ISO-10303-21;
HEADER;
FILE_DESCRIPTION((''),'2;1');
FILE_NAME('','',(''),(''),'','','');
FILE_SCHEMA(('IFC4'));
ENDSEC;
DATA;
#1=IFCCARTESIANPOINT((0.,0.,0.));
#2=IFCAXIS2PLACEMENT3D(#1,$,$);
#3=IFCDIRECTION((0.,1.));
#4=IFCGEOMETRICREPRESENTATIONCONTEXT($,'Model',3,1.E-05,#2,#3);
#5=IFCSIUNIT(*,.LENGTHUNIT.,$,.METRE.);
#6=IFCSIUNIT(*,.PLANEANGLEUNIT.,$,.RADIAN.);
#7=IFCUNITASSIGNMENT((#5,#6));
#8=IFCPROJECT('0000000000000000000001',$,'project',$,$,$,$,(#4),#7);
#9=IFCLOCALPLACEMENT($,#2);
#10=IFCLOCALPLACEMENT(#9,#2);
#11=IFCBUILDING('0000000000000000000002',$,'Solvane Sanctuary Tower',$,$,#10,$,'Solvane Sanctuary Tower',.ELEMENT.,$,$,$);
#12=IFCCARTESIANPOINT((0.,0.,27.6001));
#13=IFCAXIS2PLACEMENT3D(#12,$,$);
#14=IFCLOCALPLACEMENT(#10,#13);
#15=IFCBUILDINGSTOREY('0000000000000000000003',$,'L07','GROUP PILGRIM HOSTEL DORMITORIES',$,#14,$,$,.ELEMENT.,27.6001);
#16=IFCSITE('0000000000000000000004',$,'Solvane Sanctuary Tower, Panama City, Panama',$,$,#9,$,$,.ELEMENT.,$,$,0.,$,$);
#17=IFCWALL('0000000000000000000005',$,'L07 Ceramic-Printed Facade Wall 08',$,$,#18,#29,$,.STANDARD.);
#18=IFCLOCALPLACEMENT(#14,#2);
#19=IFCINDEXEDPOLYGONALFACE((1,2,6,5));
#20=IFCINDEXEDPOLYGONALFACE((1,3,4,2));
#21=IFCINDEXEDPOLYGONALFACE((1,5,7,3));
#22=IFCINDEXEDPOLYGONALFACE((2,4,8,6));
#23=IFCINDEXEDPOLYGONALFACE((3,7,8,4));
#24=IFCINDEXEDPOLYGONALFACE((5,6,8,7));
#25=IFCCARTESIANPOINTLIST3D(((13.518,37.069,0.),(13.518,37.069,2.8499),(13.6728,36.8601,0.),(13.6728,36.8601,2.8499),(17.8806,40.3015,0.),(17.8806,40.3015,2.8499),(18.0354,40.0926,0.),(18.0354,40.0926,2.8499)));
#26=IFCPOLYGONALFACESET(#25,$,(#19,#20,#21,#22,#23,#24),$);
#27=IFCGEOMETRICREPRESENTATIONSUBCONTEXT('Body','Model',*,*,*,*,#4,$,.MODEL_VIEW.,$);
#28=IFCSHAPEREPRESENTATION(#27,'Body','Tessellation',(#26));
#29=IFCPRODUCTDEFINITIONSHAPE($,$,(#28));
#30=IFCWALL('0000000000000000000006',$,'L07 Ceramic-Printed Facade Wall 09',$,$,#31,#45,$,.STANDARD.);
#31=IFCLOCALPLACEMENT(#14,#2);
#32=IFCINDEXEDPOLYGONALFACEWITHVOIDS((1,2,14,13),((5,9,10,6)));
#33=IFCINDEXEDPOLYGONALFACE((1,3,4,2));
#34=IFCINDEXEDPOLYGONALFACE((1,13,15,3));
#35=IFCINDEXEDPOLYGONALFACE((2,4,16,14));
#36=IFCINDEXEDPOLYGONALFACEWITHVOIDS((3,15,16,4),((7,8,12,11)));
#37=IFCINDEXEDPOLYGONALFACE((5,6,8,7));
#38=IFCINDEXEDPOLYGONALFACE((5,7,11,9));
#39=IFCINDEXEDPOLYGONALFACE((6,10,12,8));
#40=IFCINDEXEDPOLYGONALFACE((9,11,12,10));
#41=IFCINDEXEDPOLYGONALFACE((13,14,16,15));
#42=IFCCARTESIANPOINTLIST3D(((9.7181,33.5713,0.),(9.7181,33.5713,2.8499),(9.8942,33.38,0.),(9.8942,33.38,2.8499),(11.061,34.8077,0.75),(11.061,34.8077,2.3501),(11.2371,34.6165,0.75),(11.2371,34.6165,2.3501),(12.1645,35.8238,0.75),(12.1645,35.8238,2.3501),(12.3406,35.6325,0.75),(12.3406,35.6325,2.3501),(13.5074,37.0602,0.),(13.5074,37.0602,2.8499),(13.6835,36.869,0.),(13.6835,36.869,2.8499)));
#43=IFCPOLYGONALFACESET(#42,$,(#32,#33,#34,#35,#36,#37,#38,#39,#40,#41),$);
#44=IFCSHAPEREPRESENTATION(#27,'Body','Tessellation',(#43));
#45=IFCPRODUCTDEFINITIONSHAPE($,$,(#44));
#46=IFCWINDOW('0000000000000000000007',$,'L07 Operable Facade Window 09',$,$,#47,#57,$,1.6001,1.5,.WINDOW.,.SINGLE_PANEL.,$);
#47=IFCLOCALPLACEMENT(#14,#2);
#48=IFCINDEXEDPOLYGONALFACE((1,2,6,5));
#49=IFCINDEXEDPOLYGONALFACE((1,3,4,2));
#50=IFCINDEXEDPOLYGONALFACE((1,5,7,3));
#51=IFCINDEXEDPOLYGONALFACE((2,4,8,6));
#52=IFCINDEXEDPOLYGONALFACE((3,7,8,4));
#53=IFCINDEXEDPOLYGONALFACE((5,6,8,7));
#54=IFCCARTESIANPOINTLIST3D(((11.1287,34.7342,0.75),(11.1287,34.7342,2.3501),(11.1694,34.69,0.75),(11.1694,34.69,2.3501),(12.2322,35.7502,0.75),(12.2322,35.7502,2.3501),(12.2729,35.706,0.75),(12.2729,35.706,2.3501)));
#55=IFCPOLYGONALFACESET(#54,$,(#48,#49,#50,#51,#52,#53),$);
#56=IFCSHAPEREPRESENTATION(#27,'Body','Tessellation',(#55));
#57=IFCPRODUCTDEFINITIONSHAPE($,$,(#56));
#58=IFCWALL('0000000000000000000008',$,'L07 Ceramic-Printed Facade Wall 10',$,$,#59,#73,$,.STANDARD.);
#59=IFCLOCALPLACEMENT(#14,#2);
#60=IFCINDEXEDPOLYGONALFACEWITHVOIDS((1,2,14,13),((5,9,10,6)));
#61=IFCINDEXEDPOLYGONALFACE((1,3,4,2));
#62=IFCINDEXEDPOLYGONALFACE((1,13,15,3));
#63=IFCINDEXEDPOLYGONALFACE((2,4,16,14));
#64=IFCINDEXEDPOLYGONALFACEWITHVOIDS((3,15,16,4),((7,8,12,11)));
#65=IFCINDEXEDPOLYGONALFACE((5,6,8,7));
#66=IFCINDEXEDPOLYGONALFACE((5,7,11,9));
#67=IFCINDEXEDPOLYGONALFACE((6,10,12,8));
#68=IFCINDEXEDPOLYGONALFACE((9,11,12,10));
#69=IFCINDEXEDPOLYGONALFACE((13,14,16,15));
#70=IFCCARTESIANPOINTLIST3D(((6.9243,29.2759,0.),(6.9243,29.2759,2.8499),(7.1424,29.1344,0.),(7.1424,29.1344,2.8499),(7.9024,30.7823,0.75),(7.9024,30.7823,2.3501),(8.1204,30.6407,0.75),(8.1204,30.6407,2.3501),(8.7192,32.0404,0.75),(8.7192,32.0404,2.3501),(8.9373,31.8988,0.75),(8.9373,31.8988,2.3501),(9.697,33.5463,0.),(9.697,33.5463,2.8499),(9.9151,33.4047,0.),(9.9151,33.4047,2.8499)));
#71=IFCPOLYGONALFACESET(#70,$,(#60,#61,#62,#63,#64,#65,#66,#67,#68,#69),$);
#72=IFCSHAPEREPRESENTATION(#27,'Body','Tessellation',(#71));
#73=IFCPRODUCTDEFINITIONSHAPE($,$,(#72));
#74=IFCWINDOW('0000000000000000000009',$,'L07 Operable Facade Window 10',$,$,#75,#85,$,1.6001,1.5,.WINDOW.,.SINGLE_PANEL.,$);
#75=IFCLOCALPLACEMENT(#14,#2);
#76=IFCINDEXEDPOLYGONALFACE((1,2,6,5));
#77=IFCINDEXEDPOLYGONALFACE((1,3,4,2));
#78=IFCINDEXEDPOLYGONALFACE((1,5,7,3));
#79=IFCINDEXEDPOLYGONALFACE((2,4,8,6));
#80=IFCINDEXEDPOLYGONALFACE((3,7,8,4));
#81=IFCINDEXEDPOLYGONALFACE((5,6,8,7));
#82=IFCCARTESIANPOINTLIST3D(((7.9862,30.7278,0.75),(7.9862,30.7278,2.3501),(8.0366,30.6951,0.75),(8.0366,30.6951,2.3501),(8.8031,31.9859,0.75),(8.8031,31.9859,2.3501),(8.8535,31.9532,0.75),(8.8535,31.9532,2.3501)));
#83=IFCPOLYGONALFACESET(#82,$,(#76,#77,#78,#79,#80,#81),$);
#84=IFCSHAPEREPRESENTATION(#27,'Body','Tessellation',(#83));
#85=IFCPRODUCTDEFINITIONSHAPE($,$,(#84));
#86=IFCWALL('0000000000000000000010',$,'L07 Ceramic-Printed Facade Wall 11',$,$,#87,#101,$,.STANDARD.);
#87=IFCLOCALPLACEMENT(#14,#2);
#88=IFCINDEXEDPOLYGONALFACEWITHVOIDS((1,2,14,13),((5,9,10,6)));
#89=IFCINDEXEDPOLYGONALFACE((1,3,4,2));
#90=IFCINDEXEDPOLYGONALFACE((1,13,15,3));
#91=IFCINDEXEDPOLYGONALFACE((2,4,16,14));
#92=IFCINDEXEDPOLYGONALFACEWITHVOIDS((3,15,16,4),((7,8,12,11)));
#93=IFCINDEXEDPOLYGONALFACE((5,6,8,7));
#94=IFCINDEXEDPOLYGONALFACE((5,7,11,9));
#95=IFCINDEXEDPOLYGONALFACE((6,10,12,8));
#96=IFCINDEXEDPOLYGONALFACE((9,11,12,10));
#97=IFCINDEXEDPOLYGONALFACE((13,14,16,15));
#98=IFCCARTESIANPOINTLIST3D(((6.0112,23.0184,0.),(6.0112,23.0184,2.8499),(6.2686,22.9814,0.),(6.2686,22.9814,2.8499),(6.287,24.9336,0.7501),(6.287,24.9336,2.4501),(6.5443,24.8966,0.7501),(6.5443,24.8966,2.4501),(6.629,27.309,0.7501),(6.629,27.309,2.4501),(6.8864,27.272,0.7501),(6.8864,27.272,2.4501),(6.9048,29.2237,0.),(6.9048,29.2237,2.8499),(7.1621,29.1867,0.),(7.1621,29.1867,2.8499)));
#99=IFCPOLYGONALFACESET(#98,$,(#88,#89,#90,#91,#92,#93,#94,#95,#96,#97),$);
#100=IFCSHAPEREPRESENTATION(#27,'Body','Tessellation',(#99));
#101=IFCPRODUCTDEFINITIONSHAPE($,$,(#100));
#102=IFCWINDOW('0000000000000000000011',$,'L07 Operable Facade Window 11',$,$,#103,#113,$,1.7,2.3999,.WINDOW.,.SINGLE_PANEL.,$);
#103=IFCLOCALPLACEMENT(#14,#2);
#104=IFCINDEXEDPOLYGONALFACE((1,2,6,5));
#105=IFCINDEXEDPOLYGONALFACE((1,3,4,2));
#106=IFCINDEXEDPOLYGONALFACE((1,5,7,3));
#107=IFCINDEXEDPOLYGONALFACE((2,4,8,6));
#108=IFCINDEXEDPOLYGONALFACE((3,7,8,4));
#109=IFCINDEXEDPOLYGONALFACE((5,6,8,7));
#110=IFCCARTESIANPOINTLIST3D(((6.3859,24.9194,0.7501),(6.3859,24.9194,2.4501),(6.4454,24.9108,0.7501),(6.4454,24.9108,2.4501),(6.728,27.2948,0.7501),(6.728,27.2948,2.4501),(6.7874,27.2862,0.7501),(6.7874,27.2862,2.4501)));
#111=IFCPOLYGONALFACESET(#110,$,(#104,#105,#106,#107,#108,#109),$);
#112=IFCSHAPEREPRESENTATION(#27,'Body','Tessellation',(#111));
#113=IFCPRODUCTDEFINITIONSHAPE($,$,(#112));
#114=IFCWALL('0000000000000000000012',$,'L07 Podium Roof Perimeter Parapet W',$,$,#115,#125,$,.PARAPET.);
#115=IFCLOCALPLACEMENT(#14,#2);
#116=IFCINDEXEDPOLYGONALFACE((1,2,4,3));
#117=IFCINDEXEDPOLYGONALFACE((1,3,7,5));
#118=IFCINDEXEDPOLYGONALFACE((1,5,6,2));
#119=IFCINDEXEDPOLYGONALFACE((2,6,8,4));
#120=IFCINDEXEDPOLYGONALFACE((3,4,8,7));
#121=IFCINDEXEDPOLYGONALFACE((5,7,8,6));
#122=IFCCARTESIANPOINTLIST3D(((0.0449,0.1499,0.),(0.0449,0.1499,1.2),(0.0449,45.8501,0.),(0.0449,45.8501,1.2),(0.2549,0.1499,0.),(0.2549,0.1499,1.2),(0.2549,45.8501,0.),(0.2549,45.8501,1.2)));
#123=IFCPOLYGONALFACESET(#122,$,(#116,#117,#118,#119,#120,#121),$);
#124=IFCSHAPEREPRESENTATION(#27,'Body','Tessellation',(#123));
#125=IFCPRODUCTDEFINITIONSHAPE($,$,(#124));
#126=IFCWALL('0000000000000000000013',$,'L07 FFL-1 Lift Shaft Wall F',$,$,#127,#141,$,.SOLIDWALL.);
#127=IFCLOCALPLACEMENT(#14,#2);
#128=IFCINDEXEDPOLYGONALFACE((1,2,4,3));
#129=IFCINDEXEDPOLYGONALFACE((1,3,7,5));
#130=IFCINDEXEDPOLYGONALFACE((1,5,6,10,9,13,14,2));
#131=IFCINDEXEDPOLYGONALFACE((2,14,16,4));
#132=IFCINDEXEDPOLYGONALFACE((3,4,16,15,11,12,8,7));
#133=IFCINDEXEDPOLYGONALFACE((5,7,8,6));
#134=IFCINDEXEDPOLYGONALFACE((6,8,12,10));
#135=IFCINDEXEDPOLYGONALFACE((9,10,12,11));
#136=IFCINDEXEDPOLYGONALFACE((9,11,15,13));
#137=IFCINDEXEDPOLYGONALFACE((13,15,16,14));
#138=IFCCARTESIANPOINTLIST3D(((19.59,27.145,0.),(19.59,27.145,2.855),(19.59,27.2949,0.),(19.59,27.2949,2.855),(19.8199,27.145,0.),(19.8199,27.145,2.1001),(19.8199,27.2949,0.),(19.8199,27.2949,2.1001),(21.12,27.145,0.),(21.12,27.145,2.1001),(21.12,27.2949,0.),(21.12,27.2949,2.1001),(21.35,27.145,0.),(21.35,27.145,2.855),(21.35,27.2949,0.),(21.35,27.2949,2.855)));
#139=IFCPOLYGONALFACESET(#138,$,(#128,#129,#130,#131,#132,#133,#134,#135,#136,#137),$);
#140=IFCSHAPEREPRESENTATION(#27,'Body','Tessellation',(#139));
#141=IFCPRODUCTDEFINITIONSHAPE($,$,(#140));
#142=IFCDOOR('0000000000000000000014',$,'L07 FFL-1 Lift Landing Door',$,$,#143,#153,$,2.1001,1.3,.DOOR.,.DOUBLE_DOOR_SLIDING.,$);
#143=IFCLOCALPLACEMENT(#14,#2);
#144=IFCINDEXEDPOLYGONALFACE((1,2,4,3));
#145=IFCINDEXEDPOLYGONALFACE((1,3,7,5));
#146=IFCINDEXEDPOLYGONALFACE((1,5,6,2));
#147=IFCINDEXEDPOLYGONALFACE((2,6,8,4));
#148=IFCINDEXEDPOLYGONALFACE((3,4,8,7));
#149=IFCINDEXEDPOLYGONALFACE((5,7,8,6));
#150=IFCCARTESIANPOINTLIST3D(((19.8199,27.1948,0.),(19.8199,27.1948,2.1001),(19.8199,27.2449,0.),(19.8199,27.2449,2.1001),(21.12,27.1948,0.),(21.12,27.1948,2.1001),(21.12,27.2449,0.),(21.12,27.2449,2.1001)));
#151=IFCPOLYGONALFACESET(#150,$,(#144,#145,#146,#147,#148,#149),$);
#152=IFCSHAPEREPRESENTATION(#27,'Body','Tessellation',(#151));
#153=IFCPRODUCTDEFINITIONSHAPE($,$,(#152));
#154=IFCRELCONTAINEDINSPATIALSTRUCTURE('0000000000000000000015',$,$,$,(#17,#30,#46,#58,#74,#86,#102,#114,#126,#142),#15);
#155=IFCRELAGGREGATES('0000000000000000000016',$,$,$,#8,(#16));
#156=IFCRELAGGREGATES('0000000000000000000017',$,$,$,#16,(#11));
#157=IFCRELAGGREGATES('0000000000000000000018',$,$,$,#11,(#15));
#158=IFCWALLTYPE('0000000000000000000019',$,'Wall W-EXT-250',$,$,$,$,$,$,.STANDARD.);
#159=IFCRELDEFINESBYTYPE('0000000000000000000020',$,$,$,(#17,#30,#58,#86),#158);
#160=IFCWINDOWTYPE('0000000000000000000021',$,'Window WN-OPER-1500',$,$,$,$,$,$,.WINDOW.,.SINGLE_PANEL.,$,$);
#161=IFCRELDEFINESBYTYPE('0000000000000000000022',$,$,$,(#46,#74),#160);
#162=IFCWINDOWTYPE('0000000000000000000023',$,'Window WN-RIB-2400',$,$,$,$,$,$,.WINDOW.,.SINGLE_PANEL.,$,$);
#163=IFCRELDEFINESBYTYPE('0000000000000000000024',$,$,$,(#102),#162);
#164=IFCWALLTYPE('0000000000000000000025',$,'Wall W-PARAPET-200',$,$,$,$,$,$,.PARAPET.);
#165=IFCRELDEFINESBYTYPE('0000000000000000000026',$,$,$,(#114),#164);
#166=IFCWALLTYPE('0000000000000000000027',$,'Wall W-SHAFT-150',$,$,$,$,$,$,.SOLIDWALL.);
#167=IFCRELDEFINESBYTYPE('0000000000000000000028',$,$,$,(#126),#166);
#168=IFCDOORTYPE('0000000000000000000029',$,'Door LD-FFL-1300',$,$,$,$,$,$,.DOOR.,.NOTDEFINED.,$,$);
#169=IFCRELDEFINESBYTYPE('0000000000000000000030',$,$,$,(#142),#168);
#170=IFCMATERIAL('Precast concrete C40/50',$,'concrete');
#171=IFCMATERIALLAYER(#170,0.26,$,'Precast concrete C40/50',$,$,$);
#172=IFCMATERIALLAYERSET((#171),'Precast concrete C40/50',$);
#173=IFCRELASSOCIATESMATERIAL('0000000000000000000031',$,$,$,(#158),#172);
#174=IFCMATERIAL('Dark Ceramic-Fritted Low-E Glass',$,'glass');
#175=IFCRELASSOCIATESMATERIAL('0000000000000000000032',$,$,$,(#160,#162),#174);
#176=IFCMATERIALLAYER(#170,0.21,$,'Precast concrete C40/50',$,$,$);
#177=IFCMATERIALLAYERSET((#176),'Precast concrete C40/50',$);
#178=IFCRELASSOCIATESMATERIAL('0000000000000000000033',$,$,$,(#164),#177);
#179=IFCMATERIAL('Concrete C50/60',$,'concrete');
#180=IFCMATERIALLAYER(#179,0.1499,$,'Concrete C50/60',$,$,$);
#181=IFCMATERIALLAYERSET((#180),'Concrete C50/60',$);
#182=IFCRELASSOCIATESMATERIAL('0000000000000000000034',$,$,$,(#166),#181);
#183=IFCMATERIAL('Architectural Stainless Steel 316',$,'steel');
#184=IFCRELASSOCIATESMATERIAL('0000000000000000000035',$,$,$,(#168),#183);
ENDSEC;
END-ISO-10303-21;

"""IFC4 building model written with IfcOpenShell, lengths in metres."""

from ifc_helpers import new_model, si_unit, direction, frame, frame_2d, origin, place, context, subcontext, project, spatial, rectangle, extrude, material, layer, layer_set, type_object, element, fill, save


model = new_model("IFC4")

# Units and contexts
model_context = context("Model", 3, precision=1e-05, world=origin(), true_north=direction((0.0, 1.0)))
body_context = subcontext(model_context, "Body", "Model", "MODEL_VIEW")
ifc_project = project(units=[si_unit("LENGTHUNIT", "METRE"), si_unit("PLANEANGLEUNIT", "RADIAN")], contexts=[model_context])

# Site, building, storey
site_placement = place(None, origin())
site = spatial("IfcSite", under=ifc_project, at=site_placement, Name="Solvane Sanctuary Tower, Panama City, Panama", CompositionType="ELEMENT", RefElevation=0.0)
building_placement = place(site_placement, origin())
building = spatial("IfcBuilding", under=site, at=building_placement, Name="Solvane Sanctuary Tower", LongName="Solvane Sanctuary Tower", CompositionType="ELEMENT")
storey_placement = place(building_placement, frame((0.0, 0.0, 27.6001)))
storey = spatial("IfcBuildingStorey", under=building, at=storey_placement, Name="L07", Description="GROUP PILGRIM HOSTEL DORMITORIES", CompositionType="ELEMENT", Elevation=27.6001)

# Wall
ifc_material_1 = material(Name="Precast concrete C40/50", Category="concrete")
ifc_layer_1 = layer(ifc_material_1, 0.26, Name="Precast concrete C40/50")
ifc_layer_set_1 = layer_set([ifc_layer_1], Name="Precast concrete C40/50")
wall_type_1 = type_object("IfcWallType", Name="Wall W-EXT-250", PredefinedType="STANDARD", material=ifc_layer_set_1)
wall_1_placement = place(storey_placement, frame((17.958, 40.197, 0.0), z_axis=(0.0, 0.0, 1.0), x_axis=(-0.803478, -0.595335, 0.0)))
element("IfcWall", 1, at=wall_1_placement, inside=storey, type_object=wall_type_1, Name="L07 Ceramic-Printed Facade Wall 08", PredefinedType="STANDARD", context=body_context, shape_type="SweptSolid", body=[
    extrude(rectangle(XDim=5.4297, YDim=0.26, at=frame_2d((2.7148, 0.0))), origin(), (0.0, 0.0, 1.0), 2.8499),
])

# Walls, openings, windows
wall_2_placement = place(storey_placement, frame((13.5955, 36.9646, 0.0), z_axis=(0.0, 0.0, 1.0), x_axis=(-0.735655, -0.677356, 0.0)))
wall_2 = element("IfcWall", 2, at=wall_2_placement, inside=storey, type_object=wall_type_1, Name="L07 Ceramic-Printed Facade Wall 09", PredefinedType="STANDARD", context=body_context, shape_type="SweptSolid", body=[
    extrude(rectangle(XDim=5.1509, YDim=0.26, at=frame_2d((2.5754, 0.0))), origin(), (0.0, 0.0, 1.0), 2.8499),
])
opening_1_placement = place(wall_2_placement, frame((1.8254, 0.0, 0.75)))
opening_1 = element("IfcOpeningElement", 3, at=opening_1_placement, cuts=wall_2, PredefinedType="OPENING", context=body_context, shape_type="SweptSolid", body=[
    extrude(rectangle(XDim=1.5, YDim=1.6001, at=frame_2d((0.75, 0.8))), frame((0.0, 0.1399, 0.0), z_axis=(0.0, -1.0, 0.0), x_axis=(1.0, 0.0, 0.0)), (0.0, 0.0, 1.0), 0.28),
])
ifc_material_2 = material(Name="Dark Ceramic-Fritted Low-E Glass", Category="glass")
window_type_1 = type_object("IfcWindowType", Name="Window WN-OPER-1500", PartitioningType="SINGLE_PANEL", PredefinedType="WINDOW", material=ifc_material_2)
window_1_placement = place(opening_1_placement, origin())
window_1 = element("IfcWindow", 4, at=window_1_placement, inside=storey, type_object=window_type_1, Name="L07 Operable Facade Window 09", OverallHeight=1.6001, OverallWidth=1.5, PartitioningType="SINGLE_PANEL", PredefinedType="WINDOW", context=body_context, shape_type="SweptSolid", body=[
    extrude(rectangle(XDim=1.5, YDim=1.6001, at=frame_2d((0.75, 0.8))), frame((0.0, 0.03, 0.0), z_axis=(0.0, -1.0, 0.0), x_axis=(1.0, 0.0, 0.0)), (0.0, 0.0, 1.0), 0.0601),
])
fill(opening_1, window_1)
wall_3_placement = place(storey_placement, frame((9.8062, 33.4756, 0.0), z_axis=(0.0, 0.0, 1.0), x_axis=(-0.544579, -0.83871, 0.0)))
wall_3 = element("IfcWall", 5, at=wall_3_placement, inside=storey, type_object=wall_type_1, Name="L07 Ceramic-Printed Facade Wall 10", PredefinedType="STANDARD", context=body_context, shape_type="SweptSolid", body=[
    extrude(rectangle(XDim=5.0916, YDim=0.26, at=frame_2d((2.5459, 0.0))), origin(), (0.0, 0.0, 1.0), 2.8499),
])
opening_2_placement = place(wall_3_placement, frame((1.7957, 0.0, 0.75)))
opening_2 = element("IfcOpeningElement", 6, at=opening_2_placement, cuts=wall_3, PredefinedType="OPENING", context=body_context, shape_type="SweptSolid", body=[
    extrude(rectangle(XDim=1.5, YDim=1.6001, at=frame_2d((0.75, 0.8))), frame((0.0, 0.1399, 0.0), z_axis=(0.0, -1.0, 0.0), x_axis=(1.0, 0.0, 0.0)), (0.0, 0.0, 1.0), 0.28),
])
window_2_placement = place(opening_2_placement, origin())
window_2 = element("IfcWindow", 7, at=window_2_placement, inside=storey, type_object=window_type_1, Name="L07 Operable Facade Window 10", OverallHeight=1.6001, OverallWidth=1.5, PartitioningType="SINGLE_PANEL", PredefinedType="WINDOW", context=body_context, shape_type="SweptSolid", body=[
    extrude(rectangle(XDim=1.5, YDim=1.6001, at=frame_2d((0.75, 0.8))), frame((0.0, 0.03, 0.0), z_axis=(0.0, -1.0, 0.0), x_axis=(1.0, 0.0, 0.0)), (0.0, 0.0, 1.0), 0.0601),
])
fill(opening_2, window_2)
wall_4_placement = place(storey_placement, frame((7.0334, 29.2053, 0.0), z_axis=(0.0, 0.0, 1.0), x_axis=(-0.142528, -0.989791, 0.0)))
wall_4 = element("IfcWall", 8, at=wall_4_placement, inside=storey, type_object=wall_type_1, Name="L07 Ceramic-Printed Facade Wall 11", PredefinedType="STANDARD", context=body_context, shape_type="SweptSolid", body=[
    extrude(rectangle(XDim=6.2693, YDim=0.26, at=frame_2d((3.1348, 0.0))), origin(), (0.0, 0.0, 1.0), 2.8499),
])
opening_3_placement = place(wall_4_placement, frame((1.9346, 0.0, 0.75)))
opening_3 = element("IfcOpeningElement", 9, at=opening_3_placement, cuts=wall_4, PredefinedType="OPENING", context=body_context, shape_type="SweptSolid", body=[
    extrude(rectangle(XDim=2.3999, YDim=1.7, at=frame_2d((1.2, 0.8501))), frame((0.0, 0.1399, 0.0), z_axis=(0.0, -1.0, 0.0), x_axis=(1.0, 0.0, 0.0)), (0.0, 0.0, 1.0), 0.28),
])
window_type_2 = type_object("IfcWindowType", Name="Window WN-RIB-2400", PartitioningType="SINGLE_PANEL", PredefinedType="WINDOW", material=ifc_material_2)
window_3_placement = place(opening_3_placement, origin())
window_3 = element("IfcWindow", 10, at=window_3_placement, inside=storey, type_object=window_type_2, Name="L07 Operable Facade Window 11", OverallHeight=1.7, OverallWidth=2.3999, PartitioningType="SINGLE_PANEL", PredefinedType="WINDOW", context=body_context, shape_type="SweptSolid", body=[
    extrude(rectangle(XDim=2.3999, YDim=1.7, at=frame_2d((1.2, 0.8501))), frame((0.0, 0.03, 0.0), z_axis=(0.0, -1.0, 0.0), x_axis=(1.0, 0.0, 0.0)), (0.0, 0.0, 1.0), 0.0601),
])
fill(opening_3, window_3)

# Wall
ifc_layer_2 = layer(ifc_material_1, 0.21, Name="Precast concrete C40/50")
ifc_layer_set_2 = layer_set([ifc_layer_2], Name="Precast concrete C40/50")
wall_type_2 = type_object("IfcWallType", Name="Wall W-PARAPET-200", PredefinedType="PARAPET", material=ifc_layer_set_2)
wall_5_placement = place(storey_placement, frame((0.1499, 45.8501, 0.0), z_axis=(0.0, 0.0, 1.0), x_axis=(0.0, -1.0, 0.0)))
element("IfcWall", 11, at=wall_5_placement, inside=storey, type_object=wall_type_2, Name="L07 Podium Roof Perimeter Parapet W", PredefinedType="PARAPET", context=body_context, shape_type="SweptSolid", body=[
    extrude(rectangle(XDim=45.7002, YDim=0.21, at=frame_2d((22.8501, 0.0))), origin(), (0.0, 0.0, 1.0), 1.2),
])

# Wall, opening, door
ifc_material_3 = material(Name="Concrete C50/60", Category="concrete")
ifc_layer_3 = layer(ifc_material_3, 0.1499, Name="Concrete C50/60")
ifc_layer_set_3 = layer_set([ifc_layer_3], Name="Concrete C50/60")
wall_type_3 = type_object("IfcWallType", Name="Wall W-SHAFT-150", PredefinedType="SOLIDWALL", material=ifc_layer_set_3)
wall_6_placement = place(storey_placement, frame((19.5901, 27.22, 0.0), z_axis=(0.0, 0.0, 1.0), x_axis=(1.0, 0.0, 0.0)))
wall_6 = element("IfcWall", 12, at=wall_6_placement, inside=storey, type_object=wall_type_3, Name="L07 FFL-1 Lift Shaft Wall F", PredefinedType="SOLIDWALL", context=body_context, shape_type="SweptSolid", body=[
    extrude(rectangle(XDim=1.76, YDim=0.1499, at=frame_2d((0.8799, 0.0))), origin(), (0.0, 0.0, 1.0), 2.855),
])
opening_4_placement = place(wall_6_placement, frame((0.23, 0.0, 0.0)))
opening_4 = element("IfcOpeningElement", 13, at=opening_4_placement, cuts=wall_6, PredefinedType="OPENING", context=body_context, shape_type="SweptSolid", body=[
    extrude(rectangle(XDim=1.3, YDim=2.1001, at=frame_2d((0.6499, 1.05))), frame((0.0, 0.085, 0.0), z_axis=(0.0, -1.0, 0.0), x_axis=(1.0, 0.0, 0.0)), (0.0, 0.0, 1.0), 0.1699),
])
ifc_material_4 = material(Name="Architectural Stainless Steel 316", Category="steel")
door_type_1 = type_object("IfcDoorType", Name="Door LD-FFL-1300", OperationType="NOTDEFINED", PredefinedType="DOOR", material=ifc_material_4)
door_1_placement = place(opening_4_placement, origin())
door_1 = element("IfcDoor", 14, at=door_1_placement, inside=storey, type_object=door_type_1, Name="L07 FFL-1 Lift Landing Door", OperationType="DOUBLE_DOOR_SLIDING", OverallHeight=2.1001, OverallWidth=1.3, PredefinedType="DOOR", context=body_context, shape_type="SweptSolid", body=[
    extrude(rectangle(XDim=1.3, YDim=2.1001, at=frame_2d((0.6499, 1.05))), frame((0.0, 0.0249, 0.0), z_axis=(0.0, -1.0, 0.0), x_axis=(1.0, 0.0, 0.0)), (0.0, 0.0, 1.0), 0.05),
])
fill(opening_4, door_1)

save(model, "model.ifc")
